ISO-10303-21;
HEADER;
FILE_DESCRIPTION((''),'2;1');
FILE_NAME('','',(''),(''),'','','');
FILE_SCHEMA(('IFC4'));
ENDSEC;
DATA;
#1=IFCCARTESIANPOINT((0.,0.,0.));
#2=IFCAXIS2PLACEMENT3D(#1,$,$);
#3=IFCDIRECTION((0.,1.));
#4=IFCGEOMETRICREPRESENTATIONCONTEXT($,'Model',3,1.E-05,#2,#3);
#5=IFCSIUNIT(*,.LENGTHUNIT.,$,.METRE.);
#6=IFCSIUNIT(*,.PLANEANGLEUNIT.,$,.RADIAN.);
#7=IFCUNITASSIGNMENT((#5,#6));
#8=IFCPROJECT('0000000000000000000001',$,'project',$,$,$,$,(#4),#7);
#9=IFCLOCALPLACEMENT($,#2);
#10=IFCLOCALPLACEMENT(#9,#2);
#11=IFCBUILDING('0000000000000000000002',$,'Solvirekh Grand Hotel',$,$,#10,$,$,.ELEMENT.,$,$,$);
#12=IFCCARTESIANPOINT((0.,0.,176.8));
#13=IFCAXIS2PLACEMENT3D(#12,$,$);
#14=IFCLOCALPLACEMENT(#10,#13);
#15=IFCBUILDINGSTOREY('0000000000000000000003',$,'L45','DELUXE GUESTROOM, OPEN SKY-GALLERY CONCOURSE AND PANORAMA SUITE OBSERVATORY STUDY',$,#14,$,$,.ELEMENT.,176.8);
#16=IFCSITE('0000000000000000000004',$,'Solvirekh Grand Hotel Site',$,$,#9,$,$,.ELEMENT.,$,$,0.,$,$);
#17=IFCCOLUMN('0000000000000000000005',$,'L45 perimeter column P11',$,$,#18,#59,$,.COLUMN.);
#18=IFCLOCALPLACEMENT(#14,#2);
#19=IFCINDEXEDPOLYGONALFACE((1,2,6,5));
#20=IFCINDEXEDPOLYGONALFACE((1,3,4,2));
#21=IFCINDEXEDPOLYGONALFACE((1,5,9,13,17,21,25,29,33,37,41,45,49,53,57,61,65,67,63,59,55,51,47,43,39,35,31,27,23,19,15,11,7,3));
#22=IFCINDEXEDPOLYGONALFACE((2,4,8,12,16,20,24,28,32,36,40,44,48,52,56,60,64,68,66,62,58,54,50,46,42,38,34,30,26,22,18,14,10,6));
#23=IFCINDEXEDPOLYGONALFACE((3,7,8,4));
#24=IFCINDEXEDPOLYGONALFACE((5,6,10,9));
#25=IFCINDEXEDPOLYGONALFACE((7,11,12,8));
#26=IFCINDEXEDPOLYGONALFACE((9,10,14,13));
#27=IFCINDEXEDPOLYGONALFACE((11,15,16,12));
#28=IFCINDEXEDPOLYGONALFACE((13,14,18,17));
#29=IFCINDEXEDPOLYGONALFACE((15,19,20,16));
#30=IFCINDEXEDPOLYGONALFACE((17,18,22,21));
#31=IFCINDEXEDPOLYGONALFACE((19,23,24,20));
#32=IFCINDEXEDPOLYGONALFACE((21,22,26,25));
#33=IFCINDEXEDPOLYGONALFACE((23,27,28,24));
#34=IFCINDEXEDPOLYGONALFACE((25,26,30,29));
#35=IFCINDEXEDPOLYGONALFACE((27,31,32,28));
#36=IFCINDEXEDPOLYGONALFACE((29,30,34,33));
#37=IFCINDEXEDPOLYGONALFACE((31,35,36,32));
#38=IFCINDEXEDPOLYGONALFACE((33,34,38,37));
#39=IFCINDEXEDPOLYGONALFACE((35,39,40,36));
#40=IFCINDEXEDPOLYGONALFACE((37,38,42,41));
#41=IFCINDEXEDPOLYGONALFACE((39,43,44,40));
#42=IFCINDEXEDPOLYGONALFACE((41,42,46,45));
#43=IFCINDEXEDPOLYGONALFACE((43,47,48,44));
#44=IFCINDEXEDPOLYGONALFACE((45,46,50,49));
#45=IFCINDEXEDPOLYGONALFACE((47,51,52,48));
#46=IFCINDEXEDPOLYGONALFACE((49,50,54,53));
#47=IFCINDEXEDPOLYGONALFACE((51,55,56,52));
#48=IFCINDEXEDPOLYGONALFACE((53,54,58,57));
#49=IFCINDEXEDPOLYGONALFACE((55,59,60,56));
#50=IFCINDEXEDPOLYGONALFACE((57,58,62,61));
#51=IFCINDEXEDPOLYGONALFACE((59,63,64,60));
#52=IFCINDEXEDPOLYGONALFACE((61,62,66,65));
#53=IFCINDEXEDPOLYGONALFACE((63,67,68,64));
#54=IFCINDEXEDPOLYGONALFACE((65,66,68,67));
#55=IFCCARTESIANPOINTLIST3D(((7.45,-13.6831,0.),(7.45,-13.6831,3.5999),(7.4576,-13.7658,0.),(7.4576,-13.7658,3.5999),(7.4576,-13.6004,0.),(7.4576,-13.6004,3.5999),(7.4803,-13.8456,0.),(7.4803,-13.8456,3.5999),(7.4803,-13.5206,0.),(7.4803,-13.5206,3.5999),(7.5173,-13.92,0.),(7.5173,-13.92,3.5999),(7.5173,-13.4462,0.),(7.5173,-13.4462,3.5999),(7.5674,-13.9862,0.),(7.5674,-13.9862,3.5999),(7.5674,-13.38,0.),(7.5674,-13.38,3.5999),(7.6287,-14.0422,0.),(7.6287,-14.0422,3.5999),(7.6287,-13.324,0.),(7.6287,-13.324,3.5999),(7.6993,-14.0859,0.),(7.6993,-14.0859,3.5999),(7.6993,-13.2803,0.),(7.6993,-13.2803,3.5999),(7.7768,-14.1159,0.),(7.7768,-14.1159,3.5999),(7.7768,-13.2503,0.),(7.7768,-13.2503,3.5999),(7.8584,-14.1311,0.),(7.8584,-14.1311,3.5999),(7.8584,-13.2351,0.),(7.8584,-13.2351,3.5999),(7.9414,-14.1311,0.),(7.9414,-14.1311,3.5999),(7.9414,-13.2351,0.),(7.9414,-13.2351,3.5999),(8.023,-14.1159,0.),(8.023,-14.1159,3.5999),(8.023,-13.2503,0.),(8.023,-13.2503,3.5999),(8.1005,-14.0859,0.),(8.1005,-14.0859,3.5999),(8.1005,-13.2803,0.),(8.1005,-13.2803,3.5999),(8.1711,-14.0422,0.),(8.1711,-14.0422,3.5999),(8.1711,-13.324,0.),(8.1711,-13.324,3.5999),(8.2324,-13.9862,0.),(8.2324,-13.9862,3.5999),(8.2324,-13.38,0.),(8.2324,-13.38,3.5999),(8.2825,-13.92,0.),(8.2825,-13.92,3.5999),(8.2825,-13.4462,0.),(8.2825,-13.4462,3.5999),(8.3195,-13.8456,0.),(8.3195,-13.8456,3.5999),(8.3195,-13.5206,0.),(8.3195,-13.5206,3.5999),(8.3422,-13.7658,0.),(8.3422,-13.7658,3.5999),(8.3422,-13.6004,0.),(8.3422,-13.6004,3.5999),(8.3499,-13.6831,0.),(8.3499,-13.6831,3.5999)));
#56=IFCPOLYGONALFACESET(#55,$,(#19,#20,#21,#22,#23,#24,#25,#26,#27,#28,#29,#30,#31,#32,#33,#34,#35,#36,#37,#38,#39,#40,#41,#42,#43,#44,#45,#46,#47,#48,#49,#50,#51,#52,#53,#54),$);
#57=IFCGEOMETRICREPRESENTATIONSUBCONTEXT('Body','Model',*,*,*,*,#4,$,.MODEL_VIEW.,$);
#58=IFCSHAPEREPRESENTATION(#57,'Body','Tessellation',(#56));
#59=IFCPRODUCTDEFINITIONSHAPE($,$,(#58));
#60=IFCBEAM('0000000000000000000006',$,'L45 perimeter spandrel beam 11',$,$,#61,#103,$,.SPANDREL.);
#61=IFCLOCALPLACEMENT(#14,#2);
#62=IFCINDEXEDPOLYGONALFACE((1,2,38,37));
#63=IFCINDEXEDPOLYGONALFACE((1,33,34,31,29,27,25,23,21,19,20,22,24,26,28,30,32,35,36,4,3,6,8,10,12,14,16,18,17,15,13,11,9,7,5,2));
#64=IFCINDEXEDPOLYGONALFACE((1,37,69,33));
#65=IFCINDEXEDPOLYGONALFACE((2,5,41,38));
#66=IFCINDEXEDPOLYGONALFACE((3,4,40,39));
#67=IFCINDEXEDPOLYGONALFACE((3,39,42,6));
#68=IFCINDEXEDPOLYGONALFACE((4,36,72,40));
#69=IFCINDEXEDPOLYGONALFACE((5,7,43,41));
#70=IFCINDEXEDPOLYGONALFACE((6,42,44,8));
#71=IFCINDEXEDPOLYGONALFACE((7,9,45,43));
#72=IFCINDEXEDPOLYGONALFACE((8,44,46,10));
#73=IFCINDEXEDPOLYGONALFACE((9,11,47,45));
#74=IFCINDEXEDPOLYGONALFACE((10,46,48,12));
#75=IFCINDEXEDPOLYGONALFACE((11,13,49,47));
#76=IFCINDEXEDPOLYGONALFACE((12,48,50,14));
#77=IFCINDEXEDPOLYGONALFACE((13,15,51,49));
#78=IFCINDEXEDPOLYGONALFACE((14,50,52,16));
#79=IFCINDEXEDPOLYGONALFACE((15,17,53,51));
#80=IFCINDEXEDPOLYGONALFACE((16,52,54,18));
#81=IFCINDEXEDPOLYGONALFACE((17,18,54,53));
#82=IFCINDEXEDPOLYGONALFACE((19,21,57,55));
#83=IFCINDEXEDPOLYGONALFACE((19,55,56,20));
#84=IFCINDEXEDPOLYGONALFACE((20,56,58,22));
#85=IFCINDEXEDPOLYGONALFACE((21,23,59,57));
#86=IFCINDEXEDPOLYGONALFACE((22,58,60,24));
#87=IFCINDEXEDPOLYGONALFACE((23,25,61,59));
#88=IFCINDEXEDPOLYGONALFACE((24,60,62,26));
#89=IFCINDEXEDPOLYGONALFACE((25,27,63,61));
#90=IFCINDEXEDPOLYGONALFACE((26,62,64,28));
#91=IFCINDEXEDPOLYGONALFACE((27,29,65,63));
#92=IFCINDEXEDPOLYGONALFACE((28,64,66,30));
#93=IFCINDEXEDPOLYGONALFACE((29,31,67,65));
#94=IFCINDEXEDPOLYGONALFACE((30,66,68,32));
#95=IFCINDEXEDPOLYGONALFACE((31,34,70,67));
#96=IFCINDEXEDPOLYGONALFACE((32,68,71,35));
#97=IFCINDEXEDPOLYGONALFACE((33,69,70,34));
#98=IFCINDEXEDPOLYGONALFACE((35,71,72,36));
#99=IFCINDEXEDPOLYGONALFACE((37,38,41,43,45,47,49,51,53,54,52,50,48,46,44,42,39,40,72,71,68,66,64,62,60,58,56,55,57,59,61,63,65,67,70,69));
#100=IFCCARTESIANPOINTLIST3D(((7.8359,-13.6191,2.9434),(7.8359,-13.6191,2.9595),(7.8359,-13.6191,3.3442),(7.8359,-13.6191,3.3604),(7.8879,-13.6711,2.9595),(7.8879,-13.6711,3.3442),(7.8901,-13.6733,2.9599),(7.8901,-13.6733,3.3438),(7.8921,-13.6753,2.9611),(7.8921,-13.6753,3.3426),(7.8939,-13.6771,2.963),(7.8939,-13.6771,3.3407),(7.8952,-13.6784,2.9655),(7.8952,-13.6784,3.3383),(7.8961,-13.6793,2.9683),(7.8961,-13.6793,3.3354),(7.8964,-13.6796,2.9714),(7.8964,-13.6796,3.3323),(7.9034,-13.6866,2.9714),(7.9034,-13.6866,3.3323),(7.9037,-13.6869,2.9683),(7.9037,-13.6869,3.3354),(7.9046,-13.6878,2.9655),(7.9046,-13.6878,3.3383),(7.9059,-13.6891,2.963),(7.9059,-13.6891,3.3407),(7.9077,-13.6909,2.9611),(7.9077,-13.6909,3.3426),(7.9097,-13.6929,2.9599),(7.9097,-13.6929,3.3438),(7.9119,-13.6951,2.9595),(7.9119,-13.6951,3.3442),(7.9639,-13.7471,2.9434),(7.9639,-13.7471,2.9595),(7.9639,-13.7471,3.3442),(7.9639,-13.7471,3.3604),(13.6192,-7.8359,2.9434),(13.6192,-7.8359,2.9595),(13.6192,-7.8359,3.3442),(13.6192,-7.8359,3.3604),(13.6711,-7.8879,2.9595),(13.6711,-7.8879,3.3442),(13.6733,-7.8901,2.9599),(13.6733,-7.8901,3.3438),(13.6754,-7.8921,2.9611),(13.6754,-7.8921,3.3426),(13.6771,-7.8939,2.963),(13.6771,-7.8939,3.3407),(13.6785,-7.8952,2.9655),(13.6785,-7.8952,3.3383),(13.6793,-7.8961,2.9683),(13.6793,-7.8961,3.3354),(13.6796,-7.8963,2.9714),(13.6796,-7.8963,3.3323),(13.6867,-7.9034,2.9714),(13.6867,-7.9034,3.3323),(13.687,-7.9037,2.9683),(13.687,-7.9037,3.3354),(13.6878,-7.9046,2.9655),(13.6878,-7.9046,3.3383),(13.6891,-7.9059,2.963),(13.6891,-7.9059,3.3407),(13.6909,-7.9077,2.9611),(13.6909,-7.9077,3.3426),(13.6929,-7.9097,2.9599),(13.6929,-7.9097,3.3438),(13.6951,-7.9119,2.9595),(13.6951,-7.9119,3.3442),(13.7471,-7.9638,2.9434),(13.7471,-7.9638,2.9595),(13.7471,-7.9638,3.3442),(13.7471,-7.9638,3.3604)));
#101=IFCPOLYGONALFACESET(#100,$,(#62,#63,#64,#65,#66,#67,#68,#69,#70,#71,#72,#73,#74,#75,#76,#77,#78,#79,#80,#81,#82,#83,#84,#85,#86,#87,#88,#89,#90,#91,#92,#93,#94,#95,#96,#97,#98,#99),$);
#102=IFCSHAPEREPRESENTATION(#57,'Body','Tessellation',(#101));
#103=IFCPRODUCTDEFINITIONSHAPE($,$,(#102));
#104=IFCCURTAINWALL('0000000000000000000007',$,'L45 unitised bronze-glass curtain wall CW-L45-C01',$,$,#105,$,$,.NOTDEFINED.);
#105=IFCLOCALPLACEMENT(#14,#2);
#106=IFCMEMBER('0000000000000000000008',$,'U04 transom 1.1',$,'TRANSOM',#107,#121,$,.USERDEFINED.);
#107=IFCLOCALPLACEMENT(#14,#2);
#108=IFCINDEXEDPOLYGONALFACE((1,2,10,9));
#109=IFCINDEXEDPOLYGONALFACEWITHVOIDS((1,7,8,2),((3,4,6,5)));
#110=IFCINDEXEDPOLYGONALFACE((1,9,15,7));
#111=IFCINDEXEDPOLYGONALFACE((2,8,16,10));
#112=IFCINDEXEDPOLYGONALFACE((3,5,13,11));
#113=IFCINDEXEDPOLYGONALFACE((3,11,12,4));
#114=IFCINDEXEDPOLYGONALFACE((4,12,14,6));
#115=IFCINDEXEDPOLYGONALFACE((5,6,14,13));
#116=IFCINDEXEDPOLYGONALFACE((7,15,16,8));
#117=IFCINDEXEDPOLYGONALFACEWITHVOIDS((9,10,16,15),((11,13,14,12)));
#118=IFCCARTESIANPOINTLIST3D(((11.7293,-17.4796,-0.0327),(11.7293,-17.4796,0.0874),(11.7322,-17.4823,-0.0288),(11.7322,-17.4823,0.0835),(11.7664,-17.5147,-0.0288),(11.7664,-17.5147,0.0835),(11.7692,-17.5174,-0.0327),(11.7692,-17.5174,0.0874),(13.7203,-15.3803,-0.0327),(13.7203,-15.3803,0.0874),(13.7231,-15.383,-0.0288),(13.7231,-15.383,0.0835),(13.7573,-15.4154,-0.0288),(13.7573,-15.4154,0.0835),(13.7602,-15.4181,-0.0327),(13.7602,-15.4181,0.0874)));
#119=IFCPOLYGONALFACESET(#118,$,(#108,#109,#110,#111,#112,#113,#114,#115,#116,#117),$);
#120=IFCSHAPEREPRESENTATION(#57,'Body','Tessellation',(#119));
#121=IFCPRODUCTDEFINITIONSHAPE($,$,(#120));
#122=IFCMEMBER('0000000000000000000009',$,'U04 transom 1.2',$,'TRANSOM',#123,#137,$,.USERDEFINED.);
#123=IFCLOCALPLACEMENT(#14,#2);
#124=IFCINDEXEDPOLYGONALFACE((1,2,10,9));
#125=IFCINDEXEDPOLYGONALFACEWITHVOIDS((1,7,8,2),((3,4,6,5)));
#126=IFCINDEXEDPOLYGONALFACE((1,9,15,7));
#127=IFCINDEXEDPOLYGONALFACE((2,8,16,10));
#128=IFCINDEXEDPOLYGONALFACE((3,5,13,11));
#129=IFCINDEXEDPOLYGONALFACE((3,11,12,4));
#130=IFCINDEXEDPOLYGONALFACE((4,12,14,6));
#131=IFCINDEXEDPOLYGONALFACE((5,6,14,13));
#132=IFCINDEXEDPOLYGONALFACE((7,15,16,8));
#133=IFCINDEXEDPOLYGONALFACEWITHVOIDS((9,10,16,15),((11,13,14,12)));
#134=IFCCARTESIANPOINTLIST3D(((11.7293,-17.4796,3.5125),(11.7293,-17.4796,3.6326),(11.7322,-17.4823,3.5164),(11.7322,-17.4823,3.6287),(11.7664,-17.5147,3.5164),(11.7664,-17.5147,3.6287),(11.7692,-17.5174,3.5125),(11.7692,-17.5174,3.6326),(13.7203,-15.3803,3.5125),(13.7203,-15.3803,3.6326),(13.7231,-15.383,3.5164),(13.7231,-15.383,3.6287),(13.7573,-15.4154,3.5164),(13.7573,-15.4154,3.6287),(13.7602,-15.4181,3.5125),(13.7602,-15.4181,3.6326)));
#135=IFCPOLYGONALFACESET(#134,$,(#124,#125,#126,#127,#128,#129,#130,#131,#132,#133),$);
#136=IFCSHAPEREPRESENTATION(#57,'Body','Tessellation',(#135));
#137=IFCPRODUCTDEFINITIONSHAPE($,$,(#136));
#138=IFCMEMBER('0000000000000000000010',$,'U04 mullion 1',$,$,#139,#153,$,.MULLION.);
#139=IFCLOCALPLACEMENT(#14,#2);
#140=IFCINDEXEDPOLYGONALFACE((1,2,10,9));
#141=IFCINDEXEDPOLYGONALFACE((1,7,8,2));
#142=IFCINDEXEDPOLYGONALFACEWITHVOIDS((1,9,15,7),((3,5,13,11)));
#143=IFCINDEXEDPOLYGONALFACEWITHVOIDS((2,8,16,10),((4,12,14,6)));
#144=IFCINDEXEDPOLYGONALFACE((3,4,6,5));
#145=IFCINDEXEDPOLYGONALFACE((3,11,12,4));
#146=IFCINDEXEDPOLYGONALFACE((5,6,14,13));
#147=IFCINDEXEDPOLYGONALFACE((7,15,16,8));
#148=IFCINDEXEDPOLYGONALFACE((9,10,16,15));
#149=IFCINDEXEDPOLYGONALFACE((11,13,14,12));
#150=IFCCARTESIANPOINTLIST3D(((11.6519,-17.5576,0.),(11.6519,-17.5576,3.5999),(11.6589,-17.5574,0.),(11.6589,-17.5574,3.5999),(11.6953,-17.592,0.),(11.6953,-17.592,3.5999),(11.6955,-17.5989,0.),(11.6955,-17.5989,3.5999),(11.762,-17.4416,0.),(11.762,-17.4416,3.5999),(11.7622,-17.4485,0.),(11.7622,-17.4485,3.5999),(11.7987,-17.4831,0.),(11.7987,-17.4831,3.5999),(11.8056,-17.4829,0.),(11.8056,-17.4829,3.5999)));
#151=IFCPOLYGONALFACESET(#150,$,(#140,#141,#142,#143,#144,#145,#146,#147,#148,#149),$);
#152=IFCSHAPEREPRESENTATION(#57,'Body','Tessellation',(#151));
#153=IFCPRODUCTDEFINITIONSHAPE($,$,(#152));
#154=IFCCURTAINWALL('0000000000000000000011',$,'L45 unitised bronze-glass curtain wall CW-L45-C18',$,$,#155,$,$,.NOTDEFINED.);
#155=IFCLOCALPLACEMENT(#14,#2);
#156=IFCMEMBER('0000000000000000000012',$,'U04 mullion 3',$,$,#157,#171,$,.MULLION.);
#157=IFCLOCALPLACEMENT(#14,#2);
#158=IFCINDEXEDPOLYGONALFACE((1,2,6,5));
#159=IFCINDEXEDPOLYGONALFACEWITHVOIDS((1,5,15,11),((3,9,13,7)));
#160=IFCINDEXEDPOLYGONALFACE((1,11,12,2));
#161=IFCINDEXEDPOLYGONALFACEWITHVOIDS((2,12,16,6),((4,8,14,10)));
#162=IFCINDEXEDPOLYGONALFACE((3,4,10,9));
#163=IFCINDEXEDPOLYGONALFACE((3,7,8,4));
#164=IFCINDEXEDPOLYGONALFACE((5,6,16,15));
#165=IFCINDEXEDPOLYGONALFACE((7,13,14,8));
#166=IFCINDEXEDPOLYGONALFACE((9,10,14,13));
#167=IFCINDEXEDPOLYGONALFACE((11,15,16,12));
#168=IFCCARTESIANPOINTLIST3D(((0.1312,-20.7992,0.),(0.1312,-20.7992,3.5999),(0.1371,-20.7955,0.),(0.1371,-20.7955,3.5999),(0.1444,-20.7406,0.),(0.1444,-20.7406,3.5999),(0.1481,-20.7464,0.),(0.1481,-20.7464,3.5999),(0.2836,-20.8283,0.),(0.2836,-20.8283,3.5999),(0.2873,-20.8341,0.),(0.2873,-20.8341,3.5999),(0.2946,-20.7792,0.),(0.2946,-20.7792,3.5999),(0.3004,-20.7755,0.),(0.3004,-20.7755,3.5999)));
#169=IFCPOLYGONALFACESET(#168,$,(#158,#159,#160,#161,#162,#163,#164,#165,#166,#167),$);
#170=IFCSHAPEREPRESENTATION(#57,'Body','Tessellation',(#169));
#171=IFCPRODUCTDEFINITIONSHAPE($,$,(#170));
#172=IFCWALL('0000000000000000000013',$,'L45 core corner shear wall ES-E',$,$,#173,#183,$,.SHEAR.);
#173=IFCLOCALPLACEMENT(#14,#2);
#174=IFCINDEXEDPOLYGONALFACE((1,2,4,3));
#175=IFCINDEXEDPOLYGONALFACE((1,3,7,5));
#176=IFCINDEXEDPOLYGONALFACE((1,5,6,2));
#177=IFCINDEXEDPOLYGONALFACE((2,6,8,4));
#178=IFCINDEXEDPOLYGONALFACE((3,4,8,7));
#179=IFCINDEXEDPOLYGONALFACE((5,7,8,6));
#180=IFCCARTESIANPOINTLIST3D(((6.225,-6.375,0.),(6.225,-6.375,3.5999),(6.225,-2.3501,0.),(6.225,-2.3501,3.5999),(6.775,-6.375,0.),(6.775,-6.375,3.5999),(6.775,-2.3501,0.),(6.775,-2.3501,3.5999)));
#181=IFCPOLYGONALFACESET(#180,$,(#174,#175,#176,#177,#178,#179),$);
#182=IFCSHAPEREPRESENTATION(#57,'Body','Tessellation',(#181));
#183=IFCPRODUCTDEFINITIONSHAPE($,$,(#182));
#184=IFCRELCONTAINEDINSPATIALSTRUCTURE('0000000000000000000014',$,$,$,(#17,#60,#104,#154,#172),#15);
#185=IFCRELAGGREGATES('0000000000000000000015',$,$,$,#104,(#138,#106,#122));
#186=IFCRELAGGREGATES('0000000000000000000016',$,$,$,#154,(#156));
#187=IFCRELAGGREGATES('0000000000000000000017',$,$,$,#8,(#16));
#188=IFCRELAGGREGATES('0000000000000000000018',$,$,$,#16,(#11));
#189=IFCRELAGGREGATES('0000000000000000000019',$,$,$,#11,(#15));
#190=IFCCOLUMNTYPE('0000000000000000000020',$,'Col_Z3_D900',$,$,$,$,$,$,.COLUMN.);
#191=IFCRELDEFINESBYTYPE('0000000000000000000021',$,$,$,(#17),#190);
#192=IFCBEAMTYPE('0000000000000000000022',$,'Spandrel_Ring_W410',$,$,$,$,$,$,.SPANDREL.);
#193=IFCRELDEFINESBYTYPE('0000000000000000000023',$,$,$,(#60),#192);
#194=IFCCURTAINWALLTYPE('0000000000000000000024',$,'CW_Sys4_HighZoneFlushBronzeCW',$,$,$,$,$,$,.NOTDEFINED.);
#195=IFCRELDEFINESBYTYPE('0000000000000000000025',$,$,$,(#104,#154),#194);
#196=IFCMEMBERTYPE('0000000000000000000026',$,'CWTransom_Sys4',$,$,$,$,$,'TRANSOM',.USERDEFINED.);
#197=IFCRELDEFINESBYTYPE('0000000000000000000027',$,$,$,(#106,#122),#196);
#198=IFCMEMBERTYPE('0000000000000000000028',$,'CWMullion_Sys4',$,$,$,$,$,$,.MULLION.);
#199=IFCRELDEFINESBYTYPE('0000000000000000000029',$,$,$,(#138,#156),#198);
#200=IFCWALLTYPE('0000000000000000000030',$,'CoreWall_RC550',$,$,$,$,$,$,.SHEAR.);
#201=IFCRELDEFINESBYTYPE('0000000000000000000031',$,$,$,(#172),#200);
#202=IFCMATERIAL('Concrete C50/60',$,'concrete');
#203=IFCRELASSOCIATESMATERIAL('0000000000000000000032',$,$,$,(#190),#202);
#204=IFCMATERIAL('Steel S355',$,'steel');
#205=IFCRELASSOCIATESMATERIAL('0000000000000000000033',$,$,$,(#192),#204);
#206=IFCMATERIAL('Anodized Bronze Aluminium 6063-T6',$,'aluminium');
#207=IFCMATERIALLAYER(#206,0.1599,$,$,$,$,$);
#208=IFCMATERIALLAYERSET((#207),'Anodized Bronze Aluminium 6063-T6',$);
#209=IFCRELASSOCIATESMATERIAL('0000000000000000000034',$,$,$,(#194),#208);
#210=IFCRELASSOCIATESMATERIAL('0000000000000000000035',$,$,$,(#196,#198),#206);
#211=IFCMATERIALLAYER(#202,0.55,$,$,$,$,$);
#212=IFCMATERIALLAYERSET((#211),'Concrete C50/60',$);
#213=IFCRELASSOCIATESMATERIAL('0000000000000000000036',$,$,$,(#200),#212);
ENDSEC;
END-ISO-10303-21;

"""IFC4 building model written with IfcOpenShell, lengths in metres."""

from ifc_helpers import new_model, si_unit, direction, frame, frame_2d, origin, origin_2d, place, context, subcontext, project, spatial, rectangle, hollow_rectangle, circle, i_section, extrude, source, transform, mapped, material, layer, layer_set, material_profile, profile_set, type_object, element, aggregate, save


model = new_model("IFC4")

# Units and contexts
model_context = context("Model", 3, precision=1e-05, world=origin(), true_north=direction((0.0, 1.0)))
body_context = subcontext(model_context, "Body", "Model", "MODEL_VIEW")
ifc_project = project(units=[si_unit("LENGTHUNIT", "METRE"), si_unit("PLANEANGLEUNIT", "RADIAN")], contexts=[model_context])

# Site, building, storey
site_placement = place(None, origin())
site = spatial("IfcSite", under=ifc_project, at=site_placement, Name="Solvirekh Grand Hotel Site", CompositionType="ELEMENT", RefElevation=0.0)
building_placement = place(site_placement, origin())
building = spatial("IfcBuilding", under=site, at=building_placement, Name="Solvirekh Grand Hotel", CompositionType="ELEMENT")
storey_placement = place(building_placement, frame((0.0, 0.0, 176.8)))
storey = spatial("IfcBuildingStorey", under=building, at=storey_placement, Name="L45", Description="DELUXE GUESTROOM, OPEN SKY-GALLERY CONCOURSE AND PANORAMA SUITE OBSERVATORY STUDY", CompositionType="ELEMENT", Elevation=176.8)

# Column
ifc_material_1 = material(Name="Concrete C50/60", Category="concrete")
ifc_material_profile_1 = material_profile(ifc_material_1, circle(Radius=0.45, at=origin_2d()), Name="RC CIRC D900")
ifc_profile_set_1 = profile_set([ifc_material_profile_1], Name="Concrete C50/60")
column_type = type_object("IfcColumnType", Name="Col_Z3_D900", PredefinedType="COLUMN", material=ifc_profile_set_1)
column_placement = place(storey_placement, frame((7.8999, -13.6831, 0.0), z_axis=(0.0, 0.0, 1.0), x_axis=(1.0, 0.0, 0.0)))
element("IfcColumn", 1, at=column_placement, inside=storey, type_object=column_type, Name="L45 perimeter column P11", PredefinedType="COLUMN", context=body_context, shape_type="SweptSolid", body=[
    extrude(circle(Radius=0.45, at=origin_2d()), origin(), (0.0, 0.0, 1.0), 3.5999),
])

# Beam
ifc_material_2 = material(Name="Steel S355", Category="steel")
ifc_material_profile_2 = material_profile(ifc_material_2, i_section(OverallWidth=0.1809, OverallDepth=0.417, WebThickness=0.01, FlangeThickness=0.0161, FilletRadius=0.012, at=origin_2d()), Name="W410X85")
ifc_profile_set_2 = profile_set([ifc_material_profile_2], Name="Steel S355")
beam_type = type_object("IfcBeamType", Name="Spandrel_Ring_W410", PredefinedType="SPANDREL", material=ifc_profile_set_2)
beam_placement = place(storey_placement, frame((7.8999, -13.6831, 3.1519), z_axis=(0.707107, 0.707107, 0.0), x_axis=(-0.707107, 0.707107, 0.0)))
element("IfcBeam", 2, at=beam_placement, inside=storey, type_object=beam_type, Name="L45 perimeter spandrel beam 11", PredefinedType="SPANDREL", context=body_context, shape_type="SweptSolid", body=[
    extrude(i_section(OverallWidth=0.1809, OverallDepth=0.417, WebThickness=0.01, FlangeThickness=0.0161, FilletRadius=0.012, at=origin_2d()), origin(), (0.0, 0.0, 1.0), 8.1787),
])

# Curtain wall, members
ifc_material_3 = material(Name="Anodized Bronze Aluminium 6063-T6", Category="aluminium")
ifc_layer_1 = layer(ifc_material_3, 0.1599)
ifc_layer_set_1 = layer_set([ifc_layer_1], Name="Anodized Bronze Aluminium 6063-T6")
curtain_wall_type = type_object("IfcCurtainWallType", Name="CW_Sys4_HighZoneFlushBronzeCW", PredefinedType="NOTDEFINED", material=ifc_layer_set_1)
curtain_wall_1_placement = place(storey_placement, origin())
curtain_wall_1 = element("IfcCurtainWall", 3, at=curtain_wall_1_placement, inside=storey, type_object=curtain_wall_type, Name="L45 unitised bronze-glass curtain wall CW-L45-C01", PredefinedType="NOTDEFINED")
ifc_material_profile_3 = material_profile(ifc_material_3, hollow_rectangle(XDim=0.0549, YDim=0.1201, WallThickness=0.0039, at=origin_2d()), Name="ALU RHS 120X55X4")
ifc_profile_set_3 = profile_set([ifc_material_profile_3], Name="Anodized Bronze Aluminium 6063-T6")
member_type_1 = type_object("IfcMemberType", Name="CWTransom_Sys4", ElementType="TRANSOM", PredefinedType="USERDEFINED", material=ifc_profile_set_3)
shared_shape_1 = source(origin(), body_context, "Body", "SweptSolid", [
    extrude(hollow_rectangle(XDim=0.0549, YDim=0.1201, WallThickness=0.0039, at=origin_2d()), origin(), (0.0, 0.0, 1.0), 2.8933),
])
member_1_placement = place(storey_placement, frame((11.7493, -17.4985, 0.0273), z_axis=(0.688126, 0.725591, 0.0), x_axis=(-0.725591, 0.688126, 0.0)))
member_1 = element("IfcMember", 4, at=member_1_placement, type_object=member_type_1, Name="U04 transom 1.1", ObjectType="TRANSOM", PredefinedType="USERDEFINED", context=body_context, shape_type="MappedRepresentation", body=[
    mapped(shared_shape_1, transform((0.0, 0.0, 0.0), x_axis=(1.0, 0.0, 0.0), y_axis=(0.0, 1.0, 0.0), z_axis=(0.0, 0.0, 1.0), scale=1.0)),
])
member_2_placement = place(storey_placement, frame((11.7493, -17.4985, 3.5725), z_axis=(0.688126, 0.725591, 0.0), x_axis=(-0.725591, 0.688126, 0.0)))
member_2 = element("IfcMember", 5, at=member_2_placement, type_object=member_type_1, Name="U04 transom 1.2", ObjectType="TRANSOM", PredefinedType="USERDEFINED", context=body_context, shape_type="MappedRepresentation", body=[
    mapped(shared_shape_1, transform((0.0, 0.0, 0.0), x_axis=(1.0, 0.0, 0.0), y_axis=(0.0, 1.0, 0.0), z_axis=(0.0, 0.0, 1.0), scale=1.0)),
])
ifc_material_profile_4 = material_profile(ifc_material_3, hollow_rectangle(XDim=0.0601, YDim=0.1599, WallThickness=0.0049, at=origin_2d()), Name="ALU RHS 160X60X5")
ifc_profile_set_4 = profile_set([ifc_material_profile_4], Name="Anodized Bronze Aluminium 6063-T6")
member_type_2 = type_object("IfcMemberType", Name="CWMullion_Sys4", PredefinedType="MULLION", material=ifc_profile_set_4)
shared_shape_2 = source(origin(), body_context, "Body", "SweptSolid", [
    extrude(hollow_rectangle(XDim=0.0601, YDim=0.1599, WallThickness=0.0049, at=origin_2d()), origin(), (0.0, 0.0, 1.0), 3.5999),
])
member_3_placement = place(storey_placement, frame((11.7288, -17.5203, 0.0), z_axis=(0.0, 0.0, 1.0), x_axis=(-0.725547, 0.688172, 0.0)))
member_3 = element("IfcMember", 6, at=member_3_placement, type_object=member_type_2, Name="U04 mullion 1", PredefinedType="MULLION", context=body_context, shape_type="MappedRepresentation", body=[
    mapped(shared_shape_2, transform((0.0, 0.0, 0.0), x_axis=(1.0, 0.0, 0.0), y_axis=(0.0, 1.0, 0.0), z_axis=(0.0, 0.0, 1.0), scale=1.0)),
])
aggregate(curtain_wall_1, [member_3, member_1, member_2])

# Curtain wall, member
curtain_wall_2_placement = place(storey_placement, origin())
curtain_wall_2 = element("IfcCurtainWall", 7, at=curtain_wall_2_placement, inside=storey, type_object=curtain_wall_type, Name="L45 unitised bronze-glass curtain wall CW-L45-C18", PredefinedType="NOTDEFINED")
member_4_placement = place(storey_placement, frame((0.2158, -20.7874, 0.0), z_axis=(0.0, 0.0, 1.0), x_axis=(0.218488, 0.97584, 0.0)))
member_4 = element("IfcMember", 8, at=member_4_placement, type_object=member_type_2, Name="U04 mullion 3", PredefinedType="MULLION", context=body_context, shape_type="MappedRepresentation", body=[
    mapped(shared_shape_2, transform((0.0, 0.0, 0.0), x_axis=(1.0, 0.0, 0.0), y_axis=(0.0, 1.0, 0.0), z_axis=(0.0, 0.0, 1.0), scale=1.0)),
])
aggregate(curtain_wall_2, [member_4])

# Wall
ifc_layer_2 = layer(ifc_material_1, 0.55)
ifc_layer_set_2 = layer_set([ifc_layer_2], Name="Concrete C50/60")
wall_type_1 = type_object("IfcWallType", Name="CoreWall_RC550", PredefinedType="SHEAR", material=ifc_layer_set_2)
wall_1_placement = place(storey_placement, frame((6.5, -6.375, 0.0), z_axis=(0.0, 0.0, 1.0), x_axis=(0.0, 1.0, 0.0)))
element("IfcWall", 9, at=wall_1_placement, inside=storey, type_object=wall_type_1, Name="L45 core corner shear wall ES-E", PredefinedType="SHEAR", context=body_context, shape_type="SweptSolid", body=[
    extrude(rectangle(XDim=4.0249, YDim=0.55, at=frame_2d((2.0125, 0.0))), origin(), (0.0, 0.0, 1.0), 3.5999),
])

save(model, "model.ifc")
